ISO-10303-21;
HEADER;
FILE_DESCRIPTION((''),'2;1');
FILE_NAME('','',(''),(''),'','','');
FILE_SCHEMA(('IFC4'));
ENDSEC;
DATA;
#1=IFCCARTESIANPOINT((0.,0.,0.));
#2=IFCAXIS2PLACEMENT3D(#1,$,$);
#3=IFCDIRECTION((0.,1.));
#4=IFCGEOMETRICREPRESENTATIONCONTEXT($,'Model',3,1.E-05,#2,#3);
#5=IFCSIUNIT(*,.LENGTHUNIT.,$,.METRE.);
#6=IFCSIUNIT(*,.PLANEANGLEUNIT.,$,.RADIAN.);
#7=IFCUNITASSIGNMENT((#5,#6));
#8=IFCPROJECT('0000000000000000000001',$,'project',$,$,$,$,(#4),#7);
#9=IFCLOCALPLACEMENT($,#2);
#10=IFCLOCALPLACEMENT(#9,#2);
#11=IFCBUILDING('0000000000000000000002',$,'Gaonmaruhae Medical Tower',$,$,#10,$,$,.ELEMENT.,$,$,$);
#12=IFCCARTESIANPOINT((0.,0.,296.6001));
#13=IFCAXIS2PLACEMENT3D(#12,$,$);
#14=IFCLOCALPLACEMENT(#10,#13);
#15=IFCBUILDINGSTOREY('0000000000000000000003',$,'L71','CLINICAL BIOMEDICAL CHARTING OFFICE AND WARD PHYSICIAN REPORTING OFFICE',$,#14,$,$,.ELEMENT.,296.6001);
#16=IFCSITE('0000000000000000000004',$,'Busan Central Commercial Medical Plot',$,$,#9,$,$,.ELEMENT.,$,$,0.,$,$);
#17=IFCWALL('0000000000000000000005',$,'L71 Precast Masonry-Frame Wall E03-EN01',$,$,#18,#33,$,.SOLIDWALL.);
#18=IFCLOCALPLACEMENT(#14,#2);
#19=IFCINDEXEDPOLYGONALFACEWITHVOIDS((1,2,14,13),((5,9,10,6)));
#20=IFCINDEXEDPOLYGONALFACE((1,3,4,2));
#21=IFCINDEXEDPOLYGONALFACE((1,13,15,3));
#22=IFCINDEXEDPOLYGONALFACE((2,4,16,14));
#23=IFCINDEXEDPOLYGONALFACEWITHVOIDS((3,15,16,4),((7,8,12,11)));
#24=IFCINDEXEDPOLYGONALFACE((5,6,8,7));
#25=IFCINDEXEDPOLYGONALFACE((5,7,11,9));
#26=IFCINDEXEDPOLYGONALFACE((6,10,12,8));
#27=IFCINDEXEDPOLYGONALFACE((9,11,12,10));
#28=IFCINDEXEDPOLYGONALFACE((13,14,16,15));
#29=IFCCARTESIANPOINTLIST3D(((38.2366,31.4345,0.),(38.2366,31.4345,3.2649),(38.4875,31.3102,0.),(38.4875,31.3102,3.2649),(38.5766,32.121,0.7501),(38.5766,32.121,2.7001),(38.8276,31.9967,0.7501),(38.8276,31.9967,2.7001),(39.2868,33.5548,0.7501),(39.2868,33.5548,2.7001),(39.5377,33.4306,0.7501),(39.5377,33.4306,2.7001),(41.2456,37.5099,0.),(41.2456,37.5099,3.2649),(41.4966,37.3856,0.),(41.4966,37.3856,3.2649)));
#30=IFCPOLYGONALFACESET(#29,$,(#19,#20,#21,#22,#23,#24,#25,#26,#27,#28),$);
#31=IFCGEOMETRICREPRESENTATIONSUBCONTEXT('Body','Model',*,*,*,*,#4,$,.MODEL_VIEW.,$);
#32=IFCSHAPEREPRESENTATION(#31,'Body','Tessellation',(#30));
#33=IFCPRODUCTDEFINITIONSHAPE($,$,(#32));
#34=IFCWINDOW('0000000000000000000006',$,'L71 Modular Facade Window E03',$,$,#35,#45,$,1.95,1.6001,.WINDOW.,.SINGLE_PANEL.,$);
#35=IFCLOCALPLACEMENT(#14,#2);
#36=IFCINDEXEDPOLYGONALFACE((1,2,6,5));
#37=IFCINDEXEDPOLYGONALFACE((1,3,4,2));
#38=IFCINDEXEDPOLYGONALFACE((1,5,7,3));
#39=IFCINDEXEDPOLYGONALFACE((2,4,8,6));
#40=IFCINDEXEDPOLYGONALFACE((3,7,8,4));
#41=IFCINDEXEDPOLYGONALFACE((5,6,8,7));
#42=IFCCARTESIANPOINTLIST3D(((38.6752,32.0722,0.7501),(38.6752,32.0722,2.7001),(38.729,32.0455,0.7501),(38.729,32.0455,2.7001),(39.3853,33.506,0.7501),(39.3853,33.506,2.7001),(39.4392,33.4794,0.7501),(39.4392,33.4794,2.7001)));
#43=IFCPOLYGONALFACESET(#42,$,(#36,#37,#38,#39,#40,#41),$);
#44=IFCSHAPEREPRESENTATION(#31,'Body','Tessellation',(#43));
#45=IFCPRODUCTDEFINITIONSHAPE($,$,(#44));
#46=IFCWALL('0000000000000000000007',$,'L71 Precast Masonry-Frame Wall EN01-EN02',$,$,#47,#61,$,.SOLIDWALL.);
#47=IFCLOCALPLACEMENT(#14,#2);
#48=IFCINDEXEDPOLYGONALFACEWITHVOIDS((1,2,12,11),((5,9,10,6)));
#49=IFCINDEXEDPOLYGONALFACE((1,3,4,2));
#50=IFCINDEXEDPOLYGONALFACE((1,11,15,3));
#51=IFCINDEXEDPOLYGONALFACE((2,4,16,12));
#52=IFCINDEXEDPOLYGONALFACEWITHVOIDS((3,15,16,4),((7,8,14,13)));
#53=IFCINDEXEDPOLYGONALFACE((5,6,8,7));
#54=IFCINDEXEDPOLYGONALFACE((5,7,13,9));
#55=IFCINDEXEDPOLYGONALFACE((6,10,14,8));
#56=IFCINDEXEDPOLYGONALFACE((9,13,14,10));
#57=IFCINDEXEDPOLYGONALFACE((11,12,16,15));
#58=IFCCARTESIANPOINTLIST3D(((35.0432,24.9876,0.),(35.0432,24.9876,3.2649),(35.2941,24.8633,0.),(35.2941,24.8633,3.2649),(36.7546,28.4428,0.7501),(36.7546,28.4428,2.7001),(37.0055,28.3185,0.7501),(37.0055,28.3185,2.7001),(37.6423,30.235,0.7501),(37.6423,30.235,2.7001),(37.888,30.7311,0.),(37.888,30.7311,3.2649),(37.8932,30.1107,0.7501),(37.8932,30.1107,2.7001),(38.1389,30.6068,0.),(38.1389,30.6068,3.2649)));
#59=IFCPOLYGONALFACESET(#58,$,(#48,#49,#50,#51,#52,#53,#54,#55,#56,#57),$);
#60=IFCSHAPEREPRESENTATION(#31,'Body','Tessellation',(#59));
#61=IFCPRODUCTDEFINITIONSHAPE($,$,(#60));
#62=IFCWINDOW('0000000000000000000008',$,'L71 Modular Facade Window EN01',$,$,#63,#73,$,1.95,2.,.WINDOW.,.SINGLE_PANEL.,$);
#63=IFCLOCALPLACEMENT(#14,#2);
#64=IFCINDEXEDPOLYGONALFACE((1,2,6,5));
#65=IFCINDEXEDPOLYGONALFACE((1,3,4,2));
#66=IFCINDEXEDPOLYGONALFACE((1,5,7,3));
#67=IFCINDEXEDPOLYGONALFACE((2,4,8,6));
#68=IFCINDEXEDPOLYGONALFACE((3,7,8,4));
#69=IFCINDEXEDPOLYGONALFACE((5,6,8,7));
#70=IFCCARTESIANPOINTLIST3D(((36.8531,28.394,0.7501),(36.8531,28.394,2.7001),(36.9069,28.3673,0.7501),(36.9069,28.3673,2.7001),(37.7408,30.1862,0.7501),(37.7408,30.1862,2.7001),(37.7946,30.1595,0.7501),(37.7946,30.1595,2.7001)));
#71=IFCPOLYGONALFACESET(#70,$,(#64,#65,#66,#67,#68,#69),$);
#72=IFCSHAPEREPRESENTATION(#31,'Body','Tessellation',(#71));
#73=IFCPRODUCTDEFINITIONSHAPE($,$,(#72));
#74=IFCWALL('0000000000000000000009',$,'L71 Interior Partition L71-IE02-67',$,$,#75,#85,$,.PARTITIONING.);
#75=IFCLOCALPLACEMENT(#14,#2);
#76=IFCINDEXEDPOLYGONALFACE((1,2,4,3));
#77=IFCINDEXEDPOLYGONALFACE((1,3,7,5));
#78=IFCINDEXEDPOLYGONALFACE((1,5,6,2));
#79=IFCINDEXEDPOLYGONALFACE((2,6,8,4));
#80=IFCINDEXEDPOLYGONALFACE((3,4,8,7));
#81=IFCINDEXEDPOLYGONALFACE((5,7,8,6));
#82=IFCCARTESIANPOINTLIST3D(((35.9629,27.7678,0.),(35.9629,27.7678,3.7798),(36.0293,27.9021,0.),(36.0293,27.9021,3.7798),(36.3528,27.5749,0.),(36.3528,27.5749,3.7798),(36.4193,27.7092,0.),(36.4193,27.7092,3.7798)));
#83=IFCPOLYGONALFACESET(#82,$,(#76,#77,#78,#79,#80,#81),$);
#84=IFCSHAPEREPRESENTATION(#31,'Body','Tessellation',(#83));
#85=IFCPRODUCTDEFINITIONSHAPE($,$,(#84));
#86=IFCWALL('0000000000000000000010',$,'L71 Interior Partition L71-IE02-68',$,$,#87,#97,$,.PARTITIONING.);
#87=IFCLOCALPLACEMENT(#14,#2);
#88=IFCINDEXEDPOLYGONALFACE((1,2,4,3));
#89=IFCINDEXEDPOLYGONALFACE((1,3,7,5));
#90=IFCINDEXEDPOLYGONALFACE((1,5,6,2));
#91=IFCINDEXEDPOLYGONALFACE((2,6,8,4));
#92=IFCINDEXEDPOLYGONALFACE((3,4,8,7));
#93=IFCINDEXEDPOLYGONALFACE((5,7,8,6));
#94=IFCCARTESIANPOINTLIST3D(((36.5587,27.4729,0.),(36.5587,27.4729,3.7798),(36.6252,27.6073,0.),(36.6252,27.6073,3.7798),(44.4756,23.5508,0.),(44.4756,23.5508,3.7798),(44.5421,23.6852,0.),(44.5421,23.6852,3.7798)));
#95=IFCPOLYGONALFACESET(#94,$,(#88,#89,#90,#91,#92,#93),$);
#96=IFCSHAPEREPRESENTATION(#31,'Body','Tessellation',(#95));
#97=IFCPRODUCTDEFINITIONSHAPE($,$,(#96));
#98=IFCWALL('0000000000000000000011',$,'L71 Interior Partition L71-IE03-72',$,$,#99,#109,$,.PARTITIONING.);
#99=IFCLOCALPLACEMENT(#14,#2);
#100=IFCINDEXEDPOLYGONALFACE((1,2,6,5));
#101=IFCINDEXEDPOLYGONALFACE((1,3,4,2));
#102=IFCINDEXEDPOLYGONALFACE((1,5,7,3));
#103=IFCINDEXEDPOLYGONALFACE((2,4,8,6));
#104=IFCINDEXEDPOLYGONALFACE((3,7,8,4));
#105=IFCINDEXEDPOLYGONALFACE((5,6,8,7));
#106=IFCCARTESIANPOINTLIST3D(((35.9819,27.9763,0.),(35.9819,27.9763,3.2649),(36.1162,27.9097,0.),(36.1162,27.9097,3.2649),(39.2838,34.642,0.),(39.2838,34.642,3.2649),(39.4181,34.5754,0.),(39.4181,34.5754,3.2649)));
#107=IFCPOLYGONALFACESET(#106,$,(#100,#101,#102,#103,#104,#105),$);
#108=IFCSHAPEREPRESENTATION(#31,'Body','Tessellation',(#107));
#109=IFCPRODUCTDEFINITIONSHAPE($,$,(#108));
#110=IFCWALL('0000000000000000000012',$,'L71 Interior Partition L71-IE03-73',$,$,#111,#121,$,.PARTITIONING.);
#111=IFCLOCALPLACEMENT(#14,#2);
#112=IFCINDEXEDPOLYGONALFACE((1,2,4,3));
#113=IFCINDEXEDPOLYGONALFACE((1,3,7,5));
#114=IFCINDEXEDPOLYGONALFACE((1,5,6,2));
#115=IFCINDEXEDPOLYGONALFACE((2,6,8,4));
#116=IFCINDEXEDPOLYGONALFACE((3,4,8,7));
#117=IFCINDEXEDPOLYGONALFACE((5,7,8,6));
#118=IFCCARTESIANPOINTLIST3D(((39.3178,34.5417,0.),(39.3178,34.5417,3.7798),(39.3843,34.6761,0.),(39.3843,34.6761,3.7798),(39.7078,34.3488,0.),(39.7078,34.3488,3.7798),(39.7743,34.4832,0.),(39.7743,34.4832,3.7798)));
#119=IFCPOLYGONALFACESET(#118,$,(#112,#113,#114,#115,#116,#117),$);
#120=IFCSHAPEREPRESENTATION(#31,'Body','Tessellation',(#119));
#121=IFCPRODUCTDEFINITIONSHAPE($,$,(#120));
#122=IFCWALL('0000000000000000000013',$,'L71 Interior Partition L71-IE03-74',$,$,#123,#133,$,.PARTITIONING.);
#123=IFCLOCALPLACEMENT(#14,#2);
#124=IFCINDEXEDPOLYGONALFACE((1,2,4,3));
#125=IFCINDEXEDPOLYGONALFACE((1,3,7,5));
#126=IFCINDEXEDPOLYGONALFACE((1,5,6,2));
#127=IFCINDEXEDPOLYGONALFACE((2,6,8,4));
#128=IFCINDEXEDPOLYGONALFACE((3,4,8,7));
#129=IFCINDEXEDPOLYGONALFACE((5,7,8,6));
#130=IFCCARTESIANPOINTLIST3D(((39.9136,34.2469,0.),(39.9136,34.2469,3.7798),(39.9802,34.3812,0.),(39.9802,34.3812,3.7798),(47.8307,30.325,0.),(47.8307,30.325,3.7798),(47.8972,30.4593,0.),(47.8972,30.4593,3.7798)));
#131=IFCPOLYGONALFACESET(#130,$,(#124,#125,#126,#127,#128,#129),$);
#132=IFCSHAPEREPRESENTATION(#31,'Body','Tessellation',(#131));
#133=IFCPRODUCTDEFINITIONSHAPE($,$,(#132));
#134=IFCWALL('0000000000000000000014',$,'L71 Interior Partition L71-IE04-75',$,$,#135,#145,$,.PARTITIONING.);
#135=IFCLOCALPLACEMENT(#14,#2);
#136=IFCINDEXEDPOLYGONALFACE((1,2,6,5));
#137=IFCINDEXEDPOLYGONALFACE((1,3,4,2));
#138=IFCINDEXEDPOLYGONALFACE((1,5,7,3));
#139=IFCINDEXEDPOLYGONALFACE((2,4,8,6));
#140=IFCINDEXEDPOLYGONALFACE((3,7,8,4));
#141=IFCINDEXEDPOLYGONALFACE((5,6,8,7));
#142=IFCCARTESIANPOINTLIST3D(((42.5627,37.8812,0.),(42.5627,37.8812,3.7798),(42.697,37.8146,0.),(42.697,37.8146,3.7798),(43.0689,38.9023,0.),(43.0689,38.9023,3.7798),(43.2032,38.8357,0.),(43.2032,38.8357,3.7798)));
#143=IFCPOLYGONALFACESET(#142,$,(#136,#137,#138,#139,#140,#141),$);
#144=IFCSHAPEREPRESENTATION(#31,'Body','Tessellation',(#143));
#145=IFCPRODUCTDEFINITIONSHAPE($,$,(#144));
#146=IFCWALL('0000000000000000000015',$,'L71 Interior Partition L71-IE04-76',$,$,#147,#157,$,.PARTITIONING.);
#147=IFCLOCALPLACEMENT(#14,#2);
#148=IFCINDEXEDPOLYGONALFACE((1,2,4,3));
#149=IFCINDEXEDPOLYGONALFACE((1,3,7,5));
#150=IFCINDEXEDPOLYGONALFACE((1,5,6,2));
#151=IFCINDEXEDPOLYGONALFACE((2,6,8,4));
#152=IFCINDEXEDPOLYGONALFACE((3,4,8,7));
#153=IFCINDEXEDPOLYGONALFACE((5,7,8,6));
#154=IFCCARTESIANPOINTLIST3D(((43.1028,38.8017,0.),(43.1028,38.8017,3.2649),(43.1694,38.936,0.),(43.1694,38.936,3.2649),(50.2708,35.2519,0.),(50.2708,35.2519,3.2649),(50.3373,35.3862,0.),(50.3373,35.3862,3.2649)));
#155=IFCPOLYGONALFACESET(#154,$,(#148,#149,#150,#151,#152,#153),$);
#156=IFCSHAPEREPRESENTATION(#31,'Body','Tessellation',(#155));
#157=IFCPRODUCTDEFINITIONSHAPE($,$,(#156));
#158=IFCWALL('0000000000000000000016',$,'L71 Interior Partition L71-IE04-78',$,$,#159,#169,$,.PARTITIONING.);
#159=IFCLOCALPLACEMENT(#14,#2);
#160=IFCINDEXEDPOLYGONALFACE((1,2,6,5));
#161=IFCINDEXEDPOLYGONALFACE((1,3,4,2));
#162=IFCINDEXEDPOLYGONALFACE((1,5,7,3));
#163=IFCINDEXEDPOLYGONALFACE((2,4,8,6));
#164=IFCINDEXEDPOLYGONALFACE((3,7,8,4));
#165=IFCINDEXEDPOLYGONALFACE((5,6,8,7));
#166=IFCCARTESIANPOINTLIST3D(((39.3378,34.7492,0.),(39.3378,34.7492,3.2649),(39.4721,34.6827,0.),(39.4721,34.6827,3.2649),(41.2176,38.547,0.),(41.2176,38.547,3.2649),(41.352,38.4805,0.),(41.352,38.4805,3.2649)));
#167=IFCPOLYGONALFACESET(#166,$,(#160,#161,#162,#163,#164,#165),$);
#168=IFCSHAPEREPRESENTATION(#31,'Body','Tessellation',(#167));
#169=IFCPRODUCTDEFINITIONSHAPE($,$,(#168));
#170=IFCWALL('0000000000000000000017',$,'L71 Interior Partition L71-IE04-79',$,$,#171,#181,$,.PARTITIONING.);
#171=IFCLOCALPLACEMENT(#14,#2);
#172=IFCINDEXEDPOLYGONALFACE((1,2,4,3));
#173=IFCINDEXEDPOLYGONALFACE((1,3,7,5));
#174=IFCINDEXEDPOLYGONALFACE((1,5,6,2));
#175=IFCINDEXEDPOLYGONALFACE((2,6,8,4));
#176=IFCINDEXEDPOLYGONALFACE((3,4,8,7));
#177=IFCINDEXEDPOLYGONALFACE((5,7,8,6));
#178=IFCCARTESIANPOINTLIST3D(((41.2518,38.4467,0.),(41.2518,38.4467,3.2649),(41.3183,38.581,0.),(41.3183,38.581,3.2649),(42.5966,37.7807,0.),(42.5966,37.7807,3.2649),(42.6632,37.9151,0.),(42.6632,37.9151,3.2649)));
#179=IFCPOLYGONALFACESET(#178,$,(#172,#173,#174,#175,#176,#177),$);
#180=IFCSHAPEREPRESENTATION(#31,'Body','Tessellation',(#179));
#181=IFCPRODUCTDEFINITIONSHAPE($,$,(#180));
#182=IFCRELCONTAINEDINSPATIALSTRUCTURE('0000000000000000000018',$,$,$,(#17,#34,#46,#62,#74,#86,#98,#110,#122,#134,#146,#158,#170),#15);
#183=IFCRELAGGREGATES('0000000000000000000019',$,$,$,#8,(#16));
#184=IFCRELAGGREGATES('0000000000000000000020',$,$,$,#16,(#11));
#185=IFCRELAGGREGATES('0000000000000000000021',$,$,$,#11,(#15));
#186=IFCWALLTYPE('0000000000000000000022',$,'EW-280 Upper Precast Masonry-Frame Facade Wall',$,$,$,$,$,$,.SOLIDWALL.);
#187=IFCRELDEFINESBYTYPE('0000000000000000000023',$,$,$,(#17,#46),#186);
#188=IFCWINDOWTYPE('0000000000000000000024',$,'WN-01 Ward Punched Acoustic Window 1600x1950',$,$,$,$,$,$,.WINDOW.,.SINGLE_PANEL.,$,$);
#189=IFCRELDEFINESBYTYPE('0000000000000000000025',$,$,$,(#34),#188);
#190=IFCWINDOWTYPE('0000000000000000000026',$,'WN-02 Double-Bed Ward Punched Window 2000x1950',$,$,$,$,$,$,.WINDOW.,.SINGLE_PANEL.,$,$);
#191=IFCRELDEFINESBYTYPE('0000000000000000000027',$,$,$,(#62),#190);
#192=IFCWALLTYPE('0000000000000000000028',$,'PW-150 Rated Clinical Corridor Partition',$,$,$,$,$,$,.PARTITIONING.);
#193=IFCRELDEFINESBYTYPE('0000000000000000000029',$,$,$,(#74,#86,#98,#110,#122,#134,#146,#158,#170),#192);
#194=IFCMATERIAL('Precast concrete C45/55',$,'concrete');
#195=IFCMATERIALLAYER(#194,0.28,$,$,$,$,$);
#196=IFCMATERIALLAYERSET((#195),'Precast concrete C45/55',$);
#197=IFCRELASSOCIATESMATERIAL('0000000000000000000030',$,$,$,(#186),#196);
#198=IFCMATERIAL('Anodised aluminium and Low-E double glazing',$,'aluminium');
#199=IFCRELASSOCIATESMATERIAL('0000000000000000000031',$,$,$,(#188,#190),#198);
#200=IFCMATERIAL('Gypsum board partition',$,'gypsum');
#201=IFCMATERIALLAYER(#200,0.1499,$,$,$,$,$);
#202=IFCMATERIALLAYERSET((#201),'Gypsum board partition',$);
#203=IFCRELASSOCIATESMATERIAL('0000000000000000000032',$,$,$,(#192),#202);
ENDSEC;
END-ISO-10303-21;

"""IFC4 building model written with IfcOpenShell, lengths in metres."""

from ifc_helpers import new_model, si_unit, direction, frame, frame_2d, origin, place, context, subcontext, project, spatial, rectangle, extrude, material, layer, layer_set, type_object, element, fill, save


model = new_model("IFC4")

# Units and contexts
model_context = context("Model", 3, precision=1e-05, world=origin(), true_north=direction((0.0, 1.0)))
body_context = subcontext(model_context, "Body", "Model", "MODEL_VIEW")
ifc_project = project(units=[si_unit("LENGTHUNIT", "METRE"), si_unit("PLANEANGLEUNIT", "RADIAN")], contexts=[model_context])

# Site, building, storey
site_placement = place(None, origin())
site = spatial("IfcSite", under=ifc_project, at=site_placement, Name="Busan Central Commercial Medical Plot", CompositionType="ELEMENT", RefElevation=0.0)
building_placement = place(site_placement, origin())
building = spatial("IfcBuilding", under=site, at=building_placement, Name="Gaonmaruhae Medical Tower", CompositionType="ELEMENT")
storey_placement = place(building_placement, frame((0.0, 0.0, 296.6001)))
storey = spatial("IfcBuildingStorey", under=building, at=storey_placement, Name="L71", Description="CLINICAL BIOMEDICAL CHARTING OFFICE AND WARD PHYSICIAN REPORTING OFFICE", CompositionType="ELEMENT", Elevation=296.6001)

# Shared definitions
ifc_material_1 = material(Name="Precast concrete C45/55", Category="concrete")
ifc_layer_1 = layer(ifc_material_1, 0.28)
ifc_layer_set_1 = layer_set([ifc_layer_1], Name="Precast concrete C45/55")
wall_type_1 = type_object("IfcWallType", Name="EW-280 Upper Precast Masonry-Frame Facade Wall", PredefinedType="SOLIDWALL", material=ifc_layer_set_1)

# Walls, openings, windows
wall_1_placement = place(storey_placement, frame((38.3621, 31.3723, 0.0), z_axis=(0.0, 0.0, 1.0), x_axis=(0.443825, 0.896113, 0.0)))
wall_1 = element("IfcWall", 1, at=wall_1_placement, inside=storey, type_object=wall_type_1, Name="L71 Precast Masonry-Frame Wall E03-EN01", PredefinedType="SOLIDWALL", context=body_context, shape_type="SweptSolid", body=[
    extrude(rectangle(XDim=6.7798, YDim=0.28, at=frame_2d((3.3899, 0.0))), origin(), (0.0, 0.0, 1.0), 3.2649),
])
opening_1_placement = place(wall_1_placement, frame((0.7661, 0.0, 0.75)))
opening_1 = element("IfcOpeningElement", 2, at=opening_1_placement, cuts=wall_1, PredefinedType="OPENING", context=body_context, shape_type="SweptSolid", body=[
    extrude(rectangle(XDim=1.6001, YDim=1.95, at=frame_2d((0.8, 0.9751))), frame((0.0, 0.1499, 0.0), z_axis=(0.0, -1.0, 0.0), x_axis=(1.0, 0.0, 0.0)), (0.0, 0.0, 1.0), 0.3),
])
ifc_material_2 = material(Name="Anodised aluminium and Low-E double glazing", Category="aluminium")
window_type_1 = type_object("IfcWindowType", Name="WN-01 Ward Punched Acoustic Window 1600x1950", PartitioningType="SINGLE_PANEL", PredefinedType="WINDOW", material=ifc_material_2)
window_1_placement = place(opening_1_placement, origin())
window_1 = element("IfcWindow", 3, at=window_1_placement, inside=storey, type_object=window_type_1, Name="L71 Modular Facade Window E03", OverallHeight=1.95, OverallWidth=1.6001, PartitioningType="SINGLE_PANEL", PredefinedType="WINDOW", context=body_context, shape_type="SweptSolid", body=[
    extrude(rectangle(XDim=1.6001, YDim=1.95, at=frame_2d((0.8, 0.9751))), frame((0.0, 0.03, 0.0), z_axis=(0.0, -1.0, 0.0), x_axis=(1.0, 0.0, 0.0)), (0.0, 0.0, 1.0), 0.0601),
])
fill(opening_1, window_1)
wall_2_placement = place(storey_placement, frame((35.1687, 24.9255, 0.0), z_axis=(0.0, 0.0, 1.0), x_axis=(0.443843, 0.896105, 0.0)))
wall_2 = element("IfcWall", 4, at=wall_2_placement, inside=storey, type_object=wall_type_1, Name="L71 Precast Masonry-Frame Wall EN01-EN02", PredefinedType="SOLIDWALL", context=body_context, shape_type="SweptSolid", body=[
    extrude(rectangle(XDim=6.4094, YDim=0.28, at=frame_2d((3.2046, 0.0))), origin(), (0.0, 0.0, 1.0), 3.2649),
])
opening_2_placement = place(wall_2_placement, frame((3.8557, 0.0, 0.75)))
opening_2 = element("IfcOpeningElement", 5, at=opening_2_placement, cuts=wall_2, PredefinedType="OPENING", context=body_context, shape_type="SweptSolid", body=[
    extrude(rectangle(XDim=2.0, YDim=1.95, at=frame_2d((1.0, 0.9751))), frame((0.0, 0.1499, 0.0), z_axis=(0.0, -1.0, 0.0), x_axis=(1.0, 0.0, 0.0)), (0.0, 0.0, 1.0), 0.3),
])
window_type_2 = type_object("IfcWindowType", Name="WN-02 Double-Bed Ward Punched Window 2000x1950", PartitioningType="SINGLE_PANEL", PredefinedType="WINDOW", material=ifc_material_2)
window_2_placement = place(opening_2_placement, origin())
window_2 = element("IfcWindow", 6, at=window_2_placement, inside=storey, type_object=window_type_2, Name="L71 Modular Facade Window EN01", OverallHeight=1.95, OverallWidth=2.0, PartitioningType="SINGLE_PANEL", PredefinedType="WINDOW", context=body_context, shape_type="SweptSolid", body=[
    extrude(rectangle(XDim=2.0, YDim=1.95, at=frame_2d((1.0, 0.9751))), frame((0.0, 0.03, 0.0), z_axis=(0.0, -1.0, 0.0), x_axis=(1.0, 0.0, 0.0)), (0.0, 0.0, 1.0), 0.0601),
])
fill(opening_2, window_2)

# Walls
ifc_material_3 = material(Name="Gypsum board partition", Category="gypsum")
ifc_layer_2 = layer(ifc_material_3, 0.1499)
ifc_layer_set_2 = layer_set([ifc_layer_2], Name="Gypsum board partition")
wall_type_2 = type_object("IfcWallType", Name="PW-150 Rated Clinical Corridor Partition", PredefinedType="PARTITIONING", material=ifc_layer_set_2)
wall_3_placement = place(storey_placement, frame((35.9961, 27.835, 0.0), z_axis=(0.0, 0.0, 1.0), x_axis=(0.896327, -0.443393, 0.0)))
element("IfcWall", 7, at=wall_3_placement, inside=storey, type_object=wall_type_2, Name="L71 Interior Partition L71-IE02-67", PredefinedType="PARTITIONING", context=body_context, shape_type="SweptSolid", body=[
    extrude(rectangle(XDim=0.4351, YDim=0.1499, at=frame_2d((0.2175, 0.0))), origin(), (0.0, 0.0, 1.0), 3.7798),
])
wall_4_placement = place(storey_placement, frame((36.592, 27.54, 0.0), z_axis=(0.0, 0.0, 1.0), x_axis=(0.896068, -0.443917, 0.0)))
element("IfcWall", 8, at=wall_4_placement, inside=storey, type_object=wall_type_2, Name="L71 Interior Partition L71-IE02-68", PredefinedType="PARTITIONING", context=body_context, shape_type="SweptSolid", body=[
    extrude(rectangle(XDim=8.8352, YDim=0.1499, at=frame_2d((4.4175, 0.0))), origin(), (0.0, 0.0, 1.0), 3.7798),
])
wall_5_placement = place(storey_placement, frame((36.0491, 27.9431, 0.0), z_axis=(0.0, 0.0, 1.0), x_axis=(0.443889, 0.896082, 0.0)))
element("IfcWall", 9, at=wall_5_placement, inside=storey, type_object=wall_type_2, Name="L71 Interior Partition L71-IE03-72", PredefinedType="PARTITIONING", context=body_context, shape_type="SweptSolid", body=[
    extrude(rectangle(XDim=7.4387, YDim=0.1499, at=frame_2d((3.7192, 0.0))), origin(), (0.0, 0.0, 1.0), 3.2649),
])
wall_6_placement = place(storey_placement, frame((39.3511, 34.6089, 0.0), z_axis=(0.0, 0.0, 1.0), x_axis=(0.896327, -0.443393, 0.0)))
element("IfcWall", 10, at=wall_6_placement, inside=storey, type_object=wall_type_2, Name="L71 Interior Partition L71-IE03-73", PredefinedType="PARTITIONING", context=body_context, shape_type="SweptSolid", body=[
    extrude(rectangle(XDim=0.4351, YDim=0.1499, at=frame_2d((0.2175, 0.0))), origin(), (0.0, 0.0, 1.0), 3.7798),
])
wall_7_placement = place(storey_placement, frame((39.947, 34.314, 0.0), z_axis=(0.0, 0.0, 1.0), x_axis=(0.896079, -0.443895, 0.0)))
element("IfcWall", 11, at=wall_7_placement, inside=storey, type_object=wall_type_2, Name="L71 Interior Partition L71-IE03-74", PredefinedType="PARTITIONING", context=body_context, shape_type="SweptSolid", body=[
    extrude(rectangle(XDim=8.8352, YDim=0.1499, at=frame_2d((4.4175, 0.0))), origin(), (0.0, 0.0, 1.0), 3.7798),
])
wall_8_placement = place(storey_placement, frame((42.6299, 37.8479, 0.0), z_axis=(0.0, 0.0, 1.0), x_axis=(0.444126, 0.895964, 0.0)))
element("IfcWall", 12, at=wall_8_placement, inside=storey, type_object=wall_type_2, Name="L71 Interior Partition L71-IE04-75", PredefinedType="PARTITIONING", context=body_context, shape_type="SweptSolid", body=[
    extrude(rectangle(XDim=1.1396, YDim=0.1499, at=frame_2d((0.5698, 0.0))), origin(), (0.0, 0.0, 1.0), 3.7798),
])
wall_9_placement = place(storey_placement, frame((43.136, 38.8689, 0.0), z_axis=(0.0, 0.0, 1.0), x_axis=(0.89613, -0.443792, 0.0)))
element("IfcWall", 13, at=wall_9_placement, inside=storey, type_object=wall_type_2, Name="L71 Interior Partition L71-IE04-76", PredefinedType="PARTITIONING", context=body_context, shape_type="SweptSolid", body=[
    extrude(rectangle(XDim=7.9988, YDim=0.1499, at=frame_2d((3.9995, 0.0))), origin(), (0.0, 0.0, 1.0), 3.2649),
])
wall_10_placement = place(storey_placement, frame((39.405, 34.7161, 0.0), z_axis=(0.0, 0.0, 1.0), x_axis=(0.443615, 0.896217, 0.0)))
element("IfcWall", 14, at=wall_10_placement, inside=storey, type_object=wall_type_2, Name="L71 Interior Partition L71-IE04-78", PredefinedType="PARTITIONING", context=body_context, shape_type="SweptSolid", body=[
    extrude(rectangle(XDim=4.2375, YDim=0.1499, at=frame_2d((2.1187, 0.0))), origin(), (0.0, 0.0, 1.0), 3.2649),
])
wall_11_placement = place(storey_placement, frame((41.2849, 38.5139, 0.0), z_axis=(0.0, 0.0, 1.0), x_axis=(0.896145, -0.443762, 0.0)))
element("IfcWall", 15, at=wall_11_placement, inside=storey, type_object=wall_type_2, Name="L71 Interior Partition L71-IE04-79", PredefinedType="PARTITIONING", context=body_context, shape_type="SweptSolid", body=[
    extrude(rectangle(XDim=1.5007, YDim=0.1499, at=frame_2d((0.7505, 0.0))), origin(), (0.0, 0.0, 1.0), 3.2649),
])

save(model, "model.ifc")
